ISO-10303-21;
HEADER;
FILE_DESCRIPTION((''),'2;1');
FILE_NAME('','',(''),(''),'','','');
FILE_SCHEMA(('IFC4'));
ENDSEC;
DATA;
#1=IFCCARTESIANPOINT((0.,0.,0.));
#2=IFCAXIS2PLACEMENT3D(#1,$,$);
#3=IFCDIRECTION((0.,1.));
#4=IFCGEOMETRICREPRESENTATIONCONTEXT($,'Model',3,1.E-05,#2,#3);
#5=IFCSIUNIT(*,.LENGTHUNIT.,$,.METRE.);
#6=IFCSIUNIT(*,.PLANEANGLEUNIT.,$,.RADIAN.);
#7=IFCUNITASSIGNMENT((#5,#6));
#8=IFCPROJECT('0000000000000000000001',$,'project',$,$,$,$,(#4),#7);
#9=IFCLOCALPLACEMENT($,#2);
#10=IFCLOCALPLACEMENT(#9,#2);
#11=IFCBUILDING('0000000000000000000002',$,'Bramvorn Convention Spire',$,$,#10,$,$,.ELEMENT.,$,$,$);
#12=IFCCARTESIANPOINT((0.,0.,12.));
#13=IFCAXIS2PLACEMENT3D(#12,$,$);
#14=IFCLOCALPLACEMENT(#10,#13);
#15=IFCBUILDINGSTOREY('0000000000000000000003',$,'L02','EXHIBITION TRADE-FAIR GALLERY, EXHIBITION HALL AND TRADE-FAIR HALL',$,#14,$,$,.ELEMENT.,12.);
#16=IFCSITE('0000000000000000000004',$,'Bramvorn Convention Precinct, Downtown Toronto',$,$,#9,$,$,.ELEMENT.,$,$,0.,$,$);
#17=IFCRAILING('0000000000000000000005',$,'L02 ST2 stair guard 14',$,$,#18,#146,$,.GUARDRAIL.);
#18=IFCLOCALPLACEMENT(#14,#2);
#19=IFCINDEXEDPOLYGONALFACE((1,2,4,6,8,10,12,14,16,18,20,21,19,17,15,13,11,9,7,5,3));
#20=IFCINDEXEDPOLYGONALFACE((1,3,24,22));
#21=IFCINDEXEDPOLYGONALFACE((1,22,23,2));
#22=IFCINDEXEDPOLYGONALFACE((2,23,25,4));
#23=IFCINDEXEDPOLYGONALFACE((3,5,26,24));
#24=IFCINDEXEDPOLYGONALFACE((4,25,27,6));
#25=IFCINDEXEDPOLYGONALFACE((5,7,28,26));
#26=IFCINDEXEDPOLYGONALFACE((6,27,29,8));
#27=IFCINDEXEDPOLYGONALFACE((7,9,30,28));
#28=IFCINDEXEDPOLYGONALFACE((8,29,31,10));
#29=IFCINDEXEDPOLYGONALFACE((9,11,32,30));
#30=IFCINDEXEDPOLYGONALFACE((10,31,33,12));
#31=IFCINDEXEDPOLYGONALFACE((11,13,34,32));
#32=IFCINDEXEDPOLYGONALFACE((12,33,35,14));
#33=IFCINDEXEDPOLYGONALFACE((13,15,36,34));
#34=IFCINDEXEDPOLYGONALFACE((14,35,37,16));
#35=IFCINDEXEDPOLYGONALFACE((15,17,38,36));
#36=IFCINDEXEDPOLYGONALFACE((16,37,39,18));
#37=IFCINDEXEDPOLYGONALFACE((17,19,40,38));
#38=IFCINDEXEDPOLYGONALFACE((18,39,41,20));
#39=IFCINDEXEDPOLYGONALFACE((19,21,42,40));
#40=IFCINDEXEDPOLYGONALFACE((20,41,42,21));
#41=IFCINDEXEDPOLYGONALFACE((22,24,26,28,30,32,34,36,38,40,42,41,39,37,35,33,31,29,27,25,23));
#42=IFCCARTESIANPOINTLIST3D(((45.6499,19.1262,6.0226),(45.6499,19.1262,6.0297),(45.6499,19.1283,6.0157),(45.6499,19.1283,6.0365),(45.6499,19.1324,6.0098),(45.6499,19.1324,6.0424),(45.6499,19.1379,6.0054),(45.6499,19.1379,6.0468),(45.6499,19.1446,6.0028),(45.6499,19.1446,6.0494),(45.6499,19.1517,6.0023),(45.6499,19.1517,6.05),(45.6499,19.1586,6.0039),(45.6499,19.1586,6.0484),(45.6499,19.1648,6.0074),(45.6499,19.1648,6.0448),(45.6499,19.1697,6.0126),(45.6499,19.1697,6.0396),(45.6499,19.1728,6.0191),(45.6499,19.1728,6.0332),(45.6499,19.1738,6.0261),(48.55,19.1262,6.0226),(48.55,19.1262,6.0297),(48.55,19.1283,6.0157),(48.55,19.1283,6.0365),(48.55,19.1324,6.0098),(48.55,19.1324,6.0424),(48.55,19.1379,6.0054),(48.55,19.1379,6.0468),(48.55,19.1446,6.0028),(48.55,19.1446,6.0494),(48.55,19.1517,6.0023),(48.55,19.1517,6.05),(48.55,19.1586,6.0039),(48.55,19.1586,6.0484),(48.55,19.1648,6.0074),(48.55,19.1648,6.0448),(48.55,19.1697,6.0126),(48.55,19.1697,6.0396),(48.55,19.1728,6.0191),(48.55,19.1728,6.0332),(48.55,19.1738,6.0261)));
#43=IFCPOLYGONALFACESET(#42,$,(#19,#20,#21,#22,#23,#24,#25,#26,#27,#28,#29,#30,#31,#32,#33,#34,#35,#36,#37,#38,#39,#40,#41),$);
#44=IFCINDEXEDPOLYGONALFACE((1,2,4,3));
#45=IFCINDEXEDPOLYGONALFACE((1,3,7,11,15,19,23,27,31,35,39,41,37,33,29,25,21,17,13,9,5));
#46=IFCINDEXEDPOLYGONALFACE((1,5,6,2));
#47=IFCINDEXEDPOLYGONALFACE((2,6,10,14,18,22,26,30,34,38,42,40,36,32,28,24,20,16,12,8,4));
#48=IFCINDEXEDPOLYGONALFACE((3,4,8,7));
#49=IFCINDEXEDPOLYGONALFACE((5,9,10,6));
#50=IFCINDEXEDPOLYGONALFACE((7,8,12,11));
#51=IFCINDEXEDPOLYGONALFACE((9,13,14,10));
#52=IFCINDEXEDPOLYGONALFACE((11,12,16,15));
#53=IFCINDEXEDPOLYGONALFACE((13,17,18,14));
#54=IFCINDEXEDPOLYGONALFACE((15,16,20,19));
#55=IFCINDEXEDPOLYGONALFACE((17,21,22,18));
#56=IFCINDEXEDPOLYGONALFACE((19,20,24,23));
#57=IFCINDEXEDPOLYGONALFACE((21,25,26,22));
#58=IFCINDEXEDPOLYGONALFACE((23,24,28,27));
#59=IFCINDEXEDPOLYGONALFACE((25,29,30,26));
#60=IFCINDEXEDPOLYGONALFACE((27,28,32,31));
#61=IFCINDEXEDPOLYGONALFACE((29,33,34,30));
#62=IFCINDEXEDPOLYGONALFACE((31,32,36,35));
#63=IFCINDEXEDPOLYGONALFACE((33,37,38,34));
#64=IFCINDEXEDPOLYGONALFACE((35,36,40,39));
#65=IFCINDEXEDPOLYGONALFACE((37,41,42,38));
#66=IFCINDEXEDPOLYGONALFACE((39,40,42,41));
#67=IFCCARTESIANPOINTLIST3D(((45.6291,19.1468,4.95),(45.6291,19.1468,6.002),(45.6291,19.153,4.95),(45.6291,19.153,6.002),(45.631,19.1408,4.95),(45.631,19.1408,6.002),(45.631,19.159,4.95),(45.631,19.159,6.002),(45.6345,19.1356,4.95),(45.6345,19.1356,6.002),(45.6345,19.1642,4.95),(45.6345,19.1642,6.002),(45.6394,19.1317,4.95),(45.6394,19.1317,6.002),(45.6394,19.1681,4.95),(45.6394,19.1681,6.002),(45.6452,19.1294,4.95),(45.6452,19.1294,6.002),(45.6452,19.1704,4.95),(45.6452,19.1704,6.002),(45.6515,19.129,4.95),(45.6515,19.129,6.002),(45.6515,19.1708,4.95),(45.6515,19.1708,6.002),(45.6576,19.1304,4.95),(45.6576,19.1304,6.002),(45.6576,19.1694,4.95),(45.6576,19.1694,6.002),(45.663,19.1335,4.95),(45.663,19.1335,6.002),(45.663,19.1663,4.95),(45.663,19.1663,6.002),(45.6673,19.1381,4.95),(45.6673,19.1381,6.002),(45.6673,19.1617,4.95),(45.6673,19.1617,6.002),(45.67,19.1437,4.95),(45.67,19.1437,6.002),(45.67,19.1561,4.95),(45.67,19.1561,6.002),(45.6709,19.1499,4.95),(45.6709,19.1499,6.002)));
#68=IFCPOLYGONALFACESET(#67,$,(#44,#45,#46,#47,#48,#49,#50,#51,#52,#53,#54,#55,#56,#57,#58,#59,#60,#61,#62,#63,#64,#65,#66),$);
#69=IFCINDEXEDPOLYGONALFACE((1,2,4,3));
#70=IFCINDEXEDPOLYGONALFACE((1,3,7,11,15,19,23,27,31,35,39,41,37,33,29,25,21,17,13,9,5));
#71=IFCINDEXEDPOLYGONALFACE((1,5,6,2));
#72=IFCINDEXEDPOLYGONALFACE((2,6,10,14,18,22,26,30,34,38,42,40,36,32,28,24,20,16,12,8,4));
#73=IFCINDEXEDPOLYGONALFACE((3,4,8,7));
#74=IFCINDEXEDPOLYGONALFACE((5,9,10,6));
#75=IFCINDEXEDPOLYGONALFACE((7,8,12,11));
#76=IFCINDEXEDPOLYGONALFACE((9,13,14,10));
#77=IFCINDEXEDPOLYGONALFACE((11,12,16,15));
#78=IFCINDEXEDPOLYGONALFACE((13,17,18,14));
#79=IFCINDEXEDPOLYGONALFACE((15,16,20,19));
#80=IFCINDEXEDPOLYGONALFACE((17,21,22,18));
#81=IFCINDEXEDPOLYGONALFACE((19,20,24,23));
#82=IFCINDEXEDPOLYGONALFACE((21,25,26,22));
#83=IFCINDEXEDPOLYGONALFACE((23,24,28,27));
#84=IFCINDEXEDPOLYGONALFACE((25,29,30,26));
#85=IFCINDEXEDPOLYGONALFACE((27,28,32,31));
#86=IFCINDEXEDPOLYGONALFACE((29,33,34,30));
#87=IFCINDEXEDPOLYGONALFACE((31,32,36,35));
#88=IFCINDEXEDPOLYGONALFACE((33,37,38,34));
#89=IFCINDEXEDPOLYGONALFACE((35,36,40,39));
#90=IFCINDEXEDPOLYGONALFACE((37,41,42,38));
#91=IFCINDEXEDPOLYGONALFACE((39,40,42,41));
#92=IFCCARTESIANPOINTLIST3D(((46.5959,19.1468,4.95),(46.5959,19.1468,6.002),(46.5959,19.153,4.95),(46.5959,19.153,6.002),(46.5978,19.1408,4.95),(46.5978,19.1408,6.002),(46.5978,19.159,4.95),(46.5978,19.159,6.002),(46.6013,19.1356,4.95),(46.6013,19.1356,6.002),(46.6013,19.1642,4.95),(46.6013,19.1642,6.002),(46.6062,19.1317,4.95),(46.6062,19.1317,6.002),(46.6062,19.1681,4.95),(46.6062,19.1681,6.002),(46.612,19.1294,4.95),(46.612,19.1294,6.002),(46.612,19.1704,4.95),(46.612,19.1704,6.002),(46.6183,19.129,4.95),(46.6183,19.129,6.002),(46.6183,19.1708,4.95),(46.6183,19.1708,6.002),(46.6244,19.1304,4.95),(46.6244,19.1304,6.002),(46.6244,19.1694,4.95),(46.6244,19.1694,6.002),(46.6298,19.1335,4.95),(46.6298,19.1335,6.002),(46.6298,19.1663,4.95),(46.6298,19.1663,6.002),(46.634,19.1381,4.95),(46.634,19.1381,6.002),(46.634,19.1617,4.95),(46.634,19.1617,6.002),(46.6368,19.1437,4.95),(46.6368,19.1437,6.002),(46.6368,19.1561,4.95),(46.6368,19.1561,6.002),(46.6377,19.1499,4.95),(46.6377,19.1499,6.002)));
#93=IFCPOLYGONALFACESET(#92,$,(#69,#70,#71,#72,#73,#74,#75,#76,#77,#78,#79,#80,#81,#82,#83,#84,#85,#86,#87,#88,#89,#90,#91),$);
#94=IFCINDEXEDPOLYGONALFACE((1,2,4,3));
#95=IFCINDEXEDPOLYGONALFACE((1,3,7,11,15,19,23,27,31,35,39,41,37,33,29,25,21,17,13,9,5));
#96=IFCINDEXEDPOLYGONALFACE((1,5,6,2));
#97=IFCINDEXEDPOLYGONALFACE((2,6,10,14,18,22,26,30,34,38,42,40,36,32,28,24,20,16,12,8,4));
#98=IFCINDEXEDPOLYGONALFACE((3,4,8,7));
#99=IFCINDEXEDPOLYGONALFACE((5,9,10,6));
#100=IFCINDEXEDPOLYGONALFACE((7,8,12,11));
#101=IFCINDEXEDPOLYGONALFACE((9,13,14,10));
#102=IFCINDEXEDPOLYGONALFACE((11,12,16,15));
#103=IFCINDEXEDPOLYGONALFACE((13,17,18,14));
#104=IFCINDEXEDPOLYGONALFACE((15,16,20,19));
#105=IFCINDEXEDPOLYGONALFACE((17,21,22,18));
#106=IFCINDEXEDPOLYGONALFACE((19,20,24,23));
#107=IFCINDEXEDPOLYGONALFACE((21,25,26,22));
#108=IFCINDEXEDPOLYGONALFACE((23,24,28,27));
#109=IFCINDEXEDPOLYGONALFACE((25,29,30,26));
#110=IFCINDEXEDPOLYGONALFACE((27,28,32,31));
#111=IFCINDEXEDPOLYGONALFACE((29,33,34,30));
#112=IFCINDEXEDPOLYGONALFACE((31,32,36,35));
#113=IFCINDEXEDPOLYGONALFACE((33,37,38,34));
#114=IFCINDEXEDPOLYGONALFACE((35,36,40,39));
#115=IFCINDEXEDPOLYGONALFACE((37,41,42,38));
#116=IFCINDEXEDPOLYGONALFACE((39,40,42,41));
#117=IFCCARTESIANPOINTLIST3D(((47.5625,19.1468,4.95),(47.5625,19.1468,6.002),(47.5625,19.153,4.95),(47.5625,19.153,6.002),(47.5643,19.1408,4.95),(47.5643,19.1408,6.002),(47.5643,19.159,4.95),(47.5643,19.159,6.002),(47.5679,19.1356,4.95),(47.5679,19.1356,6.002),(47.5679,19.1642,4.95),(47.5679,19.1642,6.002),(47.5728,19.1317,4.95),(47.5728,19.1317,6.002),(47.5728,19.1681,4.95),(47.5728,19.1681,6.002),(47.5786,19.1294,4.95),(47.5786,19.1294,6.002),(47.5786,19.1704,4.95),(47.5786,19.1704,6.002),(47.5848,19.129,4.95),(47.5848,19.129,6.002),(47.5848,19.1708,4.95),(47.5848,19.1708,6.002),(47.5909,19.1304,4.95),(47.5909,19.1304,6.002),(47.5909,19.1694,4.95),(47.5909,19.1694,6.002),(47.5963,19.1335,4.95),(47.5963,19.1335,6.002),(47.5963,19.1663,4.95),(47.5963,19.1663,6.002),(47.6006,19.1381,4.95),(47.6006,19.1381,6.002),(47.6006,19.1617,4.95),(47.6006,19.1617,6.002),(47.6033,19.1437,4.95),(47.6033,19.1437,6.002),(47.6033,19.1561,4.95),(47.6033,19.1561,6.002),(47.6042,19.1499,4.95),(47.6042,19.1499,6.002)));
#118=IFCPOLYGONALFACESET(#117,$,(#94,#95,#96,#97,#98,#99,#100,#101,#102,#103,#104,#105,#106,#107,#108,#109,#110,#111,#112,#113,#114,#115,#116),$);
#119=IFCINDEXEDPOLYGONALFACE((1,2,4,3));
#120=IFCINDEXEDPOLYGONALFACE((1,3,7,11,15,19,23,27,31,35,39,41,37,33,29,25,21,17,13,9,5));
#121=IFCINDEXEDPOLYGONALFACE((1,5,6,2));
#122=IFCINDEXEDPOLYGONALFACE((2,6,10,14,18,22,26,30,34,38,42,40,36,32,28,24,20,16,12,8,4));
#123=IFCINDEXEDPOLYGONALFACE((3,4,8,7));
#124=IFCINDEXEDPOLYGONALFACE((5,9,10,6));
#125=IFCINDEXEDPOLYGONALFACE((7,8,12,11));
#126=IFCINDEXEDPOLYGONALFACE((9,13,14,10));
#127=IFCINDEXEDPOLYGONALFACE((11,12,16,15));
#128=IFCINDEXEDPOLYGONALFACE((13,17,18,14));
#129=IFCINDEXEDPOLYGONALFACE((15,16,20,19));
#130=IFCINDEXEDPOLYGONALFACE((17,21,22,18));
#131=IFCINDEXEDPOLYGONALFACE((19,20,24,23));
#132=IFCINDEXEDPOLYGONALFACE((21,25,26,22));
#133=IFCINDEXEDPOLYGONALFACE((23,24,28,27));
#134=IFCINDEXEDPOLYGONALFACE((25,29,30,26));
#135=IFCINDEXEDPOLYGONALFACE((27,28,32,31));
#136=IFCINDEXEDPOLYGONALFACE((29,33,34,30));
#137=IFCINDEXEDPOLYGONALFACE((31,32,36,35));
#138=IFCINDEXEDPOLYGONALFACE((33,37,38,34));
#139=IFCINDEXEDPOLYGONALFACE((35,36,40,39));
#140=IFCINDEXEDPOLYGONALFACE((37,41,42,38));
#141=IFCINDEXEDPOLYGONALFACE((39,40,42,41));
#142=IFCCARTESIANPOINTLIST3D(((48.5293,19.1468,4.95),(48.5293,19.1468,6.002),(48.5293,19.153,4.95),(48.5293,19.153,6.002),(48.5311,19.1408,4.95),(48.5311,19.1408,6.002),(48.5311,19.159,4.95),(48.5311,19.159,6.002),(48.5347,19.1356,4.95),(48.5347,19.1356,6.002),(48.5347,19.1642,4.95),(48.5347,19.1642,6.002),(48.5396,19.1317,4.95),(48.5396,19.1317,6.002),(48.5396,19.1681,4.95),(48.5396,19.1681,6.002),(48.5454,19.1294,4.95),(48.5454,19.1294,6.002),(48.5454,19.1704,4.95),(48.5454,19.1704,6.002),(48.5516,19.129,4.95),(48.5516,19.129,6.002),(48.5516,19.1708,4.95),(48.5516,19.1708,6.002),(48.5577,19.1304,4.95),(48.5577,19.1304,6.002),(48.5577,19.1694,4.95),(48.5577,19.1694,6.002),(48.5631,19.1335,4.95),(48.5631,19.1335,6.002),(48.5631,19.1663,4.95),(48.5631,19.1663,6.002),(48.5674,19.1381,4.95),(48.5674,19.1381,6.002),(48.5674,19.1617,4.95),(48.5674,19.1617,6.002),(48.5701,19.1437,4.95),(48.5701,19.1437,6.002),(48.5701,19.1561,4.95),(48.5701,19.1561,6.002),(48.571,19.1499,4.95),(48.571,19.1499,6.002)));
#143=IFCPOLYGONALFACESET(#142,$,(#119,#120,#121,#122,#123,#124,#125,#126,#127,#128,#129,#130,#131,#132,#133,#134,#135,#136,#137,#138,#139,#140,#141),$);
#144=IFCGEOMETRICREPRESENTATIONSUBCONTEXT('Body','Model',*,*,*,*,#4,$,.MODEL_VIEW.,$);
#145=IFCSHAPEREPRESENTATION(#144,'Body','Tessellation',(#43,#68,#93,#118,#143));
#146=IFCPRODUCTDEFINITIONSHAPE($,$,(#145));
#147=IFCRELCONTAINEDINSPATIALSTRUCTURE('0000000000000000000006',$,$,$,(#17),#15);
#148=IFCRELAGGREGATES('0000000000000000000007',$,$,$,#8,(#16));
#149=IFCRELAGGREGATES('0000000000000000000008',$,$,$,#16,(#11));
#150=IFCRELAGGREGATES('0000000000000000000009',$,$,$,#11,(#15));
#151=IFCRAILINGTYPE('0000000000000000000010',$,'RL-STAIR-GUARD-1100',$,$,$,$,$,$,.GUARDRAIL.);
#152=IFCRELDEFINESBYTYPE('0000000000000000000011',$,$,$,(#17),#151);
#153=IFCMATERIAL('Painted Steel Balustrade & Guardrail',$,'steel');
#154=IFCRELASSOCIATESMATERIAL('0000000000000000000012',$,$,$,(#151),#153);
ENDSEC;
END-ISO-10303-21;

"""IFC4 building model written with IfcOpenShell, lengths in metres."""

from ifc_helpers import new_model, si_unit, direction, frame, origin, origin_2d, place, context, subcontext, project, spatial, circle, extrude, material, type_object, element, save


model = new_model("IFC4")

# Units and contexts
model_context = context("Model", 3, precision=1e-05, world=origin(), true_north=direction((0.0, 1.0)))
body_context = subcontext(model_context, "Body", "Model", "MODEL_VIEW")
ifc_project = project(units=[si_unit("LENGTHUNIT", "METRE"), si_unit("PLANEANGLEUNIT", "RADIAN")], contexts=[model_context])

# Site, building, storey
site_placement = place(None, origin())
site = spatial("IfcSite", under=ifc_project, at=site_placement, Name="Bramvorn Convention Precinct, Downtown Toronto", CompositionType="ELEMENT", RefElevation=0.0)
building_placement = place(site_placement, origin())
building = spatial("IfcBuilding", under=site, at=building_placement, Name="Bramvorn Convention Spire", CompositionType="ELEMENT")
storey_placement = place(building_placement, frame((0.0, 0.0, 12.0)))
storey = spatial("IfcBuildingStorey", under=building, at=storey_placement, Name="L02", Description="EXHIBITION TRADE-FAIR GALLERY, EXHIBITION HALL AND TRADE-FAIR HALL", CompositionType="ELEMENT", Elevation=12.0)

# Railing
ifc_material_1 = material(Name="Painted Steel Balustrade & Guardrail", Category="steel")
railing_type = type_object("IfcRailingType", Name="RL-STAIR-GUARD-1100", PredefinedType="GUARDRAIL", material=ifc_material_1)
for number, where, name in (
    (1, (45.6499, 19.1499, 4.95), "L02 ST2 stair guard 14"),
):
    element("IfcRailing", number, at=place(storey_placement, frame(where)), inside=storey, type_object=railing_type, Name=name, PredefinedType="GUARDRAIL", context=body_context, shape_type="SweptSolid", body=[
        extrude(circle(Radius=0.0239, at=origin_2d()), frame((0.0, 0.0, 1.0762), z_axis=(1.0, 0.0, 0.0), x_axis=(0.0, 1.0, 0.0)), (0.0, 0.0, 1.0), 2.9001),
        extrude(circle(Radius=0.021, at=origin_2d()), origin(), (0.0, 0.0, 1.0), 1.052),
        extrude(circle(Radius=0.021, at=origin_2d()), frame((0.9668, 0.0, 0.0)), (0.0, 0.0, 1.0), 1.052),
        extrude(circle(Radius=0.021, at=origin_2d()), frame((1.9333, 0.0, 0.0)), (0.0, 0.0, 1.0), 1.052),
        extrude(circle(Radius=0.021, at=origin_2d()), frame((2.9001, 0.0, 0.0)), (0.0, 0.0, 1.0), 1.052),
    ])

save(model, "model.ifc")
